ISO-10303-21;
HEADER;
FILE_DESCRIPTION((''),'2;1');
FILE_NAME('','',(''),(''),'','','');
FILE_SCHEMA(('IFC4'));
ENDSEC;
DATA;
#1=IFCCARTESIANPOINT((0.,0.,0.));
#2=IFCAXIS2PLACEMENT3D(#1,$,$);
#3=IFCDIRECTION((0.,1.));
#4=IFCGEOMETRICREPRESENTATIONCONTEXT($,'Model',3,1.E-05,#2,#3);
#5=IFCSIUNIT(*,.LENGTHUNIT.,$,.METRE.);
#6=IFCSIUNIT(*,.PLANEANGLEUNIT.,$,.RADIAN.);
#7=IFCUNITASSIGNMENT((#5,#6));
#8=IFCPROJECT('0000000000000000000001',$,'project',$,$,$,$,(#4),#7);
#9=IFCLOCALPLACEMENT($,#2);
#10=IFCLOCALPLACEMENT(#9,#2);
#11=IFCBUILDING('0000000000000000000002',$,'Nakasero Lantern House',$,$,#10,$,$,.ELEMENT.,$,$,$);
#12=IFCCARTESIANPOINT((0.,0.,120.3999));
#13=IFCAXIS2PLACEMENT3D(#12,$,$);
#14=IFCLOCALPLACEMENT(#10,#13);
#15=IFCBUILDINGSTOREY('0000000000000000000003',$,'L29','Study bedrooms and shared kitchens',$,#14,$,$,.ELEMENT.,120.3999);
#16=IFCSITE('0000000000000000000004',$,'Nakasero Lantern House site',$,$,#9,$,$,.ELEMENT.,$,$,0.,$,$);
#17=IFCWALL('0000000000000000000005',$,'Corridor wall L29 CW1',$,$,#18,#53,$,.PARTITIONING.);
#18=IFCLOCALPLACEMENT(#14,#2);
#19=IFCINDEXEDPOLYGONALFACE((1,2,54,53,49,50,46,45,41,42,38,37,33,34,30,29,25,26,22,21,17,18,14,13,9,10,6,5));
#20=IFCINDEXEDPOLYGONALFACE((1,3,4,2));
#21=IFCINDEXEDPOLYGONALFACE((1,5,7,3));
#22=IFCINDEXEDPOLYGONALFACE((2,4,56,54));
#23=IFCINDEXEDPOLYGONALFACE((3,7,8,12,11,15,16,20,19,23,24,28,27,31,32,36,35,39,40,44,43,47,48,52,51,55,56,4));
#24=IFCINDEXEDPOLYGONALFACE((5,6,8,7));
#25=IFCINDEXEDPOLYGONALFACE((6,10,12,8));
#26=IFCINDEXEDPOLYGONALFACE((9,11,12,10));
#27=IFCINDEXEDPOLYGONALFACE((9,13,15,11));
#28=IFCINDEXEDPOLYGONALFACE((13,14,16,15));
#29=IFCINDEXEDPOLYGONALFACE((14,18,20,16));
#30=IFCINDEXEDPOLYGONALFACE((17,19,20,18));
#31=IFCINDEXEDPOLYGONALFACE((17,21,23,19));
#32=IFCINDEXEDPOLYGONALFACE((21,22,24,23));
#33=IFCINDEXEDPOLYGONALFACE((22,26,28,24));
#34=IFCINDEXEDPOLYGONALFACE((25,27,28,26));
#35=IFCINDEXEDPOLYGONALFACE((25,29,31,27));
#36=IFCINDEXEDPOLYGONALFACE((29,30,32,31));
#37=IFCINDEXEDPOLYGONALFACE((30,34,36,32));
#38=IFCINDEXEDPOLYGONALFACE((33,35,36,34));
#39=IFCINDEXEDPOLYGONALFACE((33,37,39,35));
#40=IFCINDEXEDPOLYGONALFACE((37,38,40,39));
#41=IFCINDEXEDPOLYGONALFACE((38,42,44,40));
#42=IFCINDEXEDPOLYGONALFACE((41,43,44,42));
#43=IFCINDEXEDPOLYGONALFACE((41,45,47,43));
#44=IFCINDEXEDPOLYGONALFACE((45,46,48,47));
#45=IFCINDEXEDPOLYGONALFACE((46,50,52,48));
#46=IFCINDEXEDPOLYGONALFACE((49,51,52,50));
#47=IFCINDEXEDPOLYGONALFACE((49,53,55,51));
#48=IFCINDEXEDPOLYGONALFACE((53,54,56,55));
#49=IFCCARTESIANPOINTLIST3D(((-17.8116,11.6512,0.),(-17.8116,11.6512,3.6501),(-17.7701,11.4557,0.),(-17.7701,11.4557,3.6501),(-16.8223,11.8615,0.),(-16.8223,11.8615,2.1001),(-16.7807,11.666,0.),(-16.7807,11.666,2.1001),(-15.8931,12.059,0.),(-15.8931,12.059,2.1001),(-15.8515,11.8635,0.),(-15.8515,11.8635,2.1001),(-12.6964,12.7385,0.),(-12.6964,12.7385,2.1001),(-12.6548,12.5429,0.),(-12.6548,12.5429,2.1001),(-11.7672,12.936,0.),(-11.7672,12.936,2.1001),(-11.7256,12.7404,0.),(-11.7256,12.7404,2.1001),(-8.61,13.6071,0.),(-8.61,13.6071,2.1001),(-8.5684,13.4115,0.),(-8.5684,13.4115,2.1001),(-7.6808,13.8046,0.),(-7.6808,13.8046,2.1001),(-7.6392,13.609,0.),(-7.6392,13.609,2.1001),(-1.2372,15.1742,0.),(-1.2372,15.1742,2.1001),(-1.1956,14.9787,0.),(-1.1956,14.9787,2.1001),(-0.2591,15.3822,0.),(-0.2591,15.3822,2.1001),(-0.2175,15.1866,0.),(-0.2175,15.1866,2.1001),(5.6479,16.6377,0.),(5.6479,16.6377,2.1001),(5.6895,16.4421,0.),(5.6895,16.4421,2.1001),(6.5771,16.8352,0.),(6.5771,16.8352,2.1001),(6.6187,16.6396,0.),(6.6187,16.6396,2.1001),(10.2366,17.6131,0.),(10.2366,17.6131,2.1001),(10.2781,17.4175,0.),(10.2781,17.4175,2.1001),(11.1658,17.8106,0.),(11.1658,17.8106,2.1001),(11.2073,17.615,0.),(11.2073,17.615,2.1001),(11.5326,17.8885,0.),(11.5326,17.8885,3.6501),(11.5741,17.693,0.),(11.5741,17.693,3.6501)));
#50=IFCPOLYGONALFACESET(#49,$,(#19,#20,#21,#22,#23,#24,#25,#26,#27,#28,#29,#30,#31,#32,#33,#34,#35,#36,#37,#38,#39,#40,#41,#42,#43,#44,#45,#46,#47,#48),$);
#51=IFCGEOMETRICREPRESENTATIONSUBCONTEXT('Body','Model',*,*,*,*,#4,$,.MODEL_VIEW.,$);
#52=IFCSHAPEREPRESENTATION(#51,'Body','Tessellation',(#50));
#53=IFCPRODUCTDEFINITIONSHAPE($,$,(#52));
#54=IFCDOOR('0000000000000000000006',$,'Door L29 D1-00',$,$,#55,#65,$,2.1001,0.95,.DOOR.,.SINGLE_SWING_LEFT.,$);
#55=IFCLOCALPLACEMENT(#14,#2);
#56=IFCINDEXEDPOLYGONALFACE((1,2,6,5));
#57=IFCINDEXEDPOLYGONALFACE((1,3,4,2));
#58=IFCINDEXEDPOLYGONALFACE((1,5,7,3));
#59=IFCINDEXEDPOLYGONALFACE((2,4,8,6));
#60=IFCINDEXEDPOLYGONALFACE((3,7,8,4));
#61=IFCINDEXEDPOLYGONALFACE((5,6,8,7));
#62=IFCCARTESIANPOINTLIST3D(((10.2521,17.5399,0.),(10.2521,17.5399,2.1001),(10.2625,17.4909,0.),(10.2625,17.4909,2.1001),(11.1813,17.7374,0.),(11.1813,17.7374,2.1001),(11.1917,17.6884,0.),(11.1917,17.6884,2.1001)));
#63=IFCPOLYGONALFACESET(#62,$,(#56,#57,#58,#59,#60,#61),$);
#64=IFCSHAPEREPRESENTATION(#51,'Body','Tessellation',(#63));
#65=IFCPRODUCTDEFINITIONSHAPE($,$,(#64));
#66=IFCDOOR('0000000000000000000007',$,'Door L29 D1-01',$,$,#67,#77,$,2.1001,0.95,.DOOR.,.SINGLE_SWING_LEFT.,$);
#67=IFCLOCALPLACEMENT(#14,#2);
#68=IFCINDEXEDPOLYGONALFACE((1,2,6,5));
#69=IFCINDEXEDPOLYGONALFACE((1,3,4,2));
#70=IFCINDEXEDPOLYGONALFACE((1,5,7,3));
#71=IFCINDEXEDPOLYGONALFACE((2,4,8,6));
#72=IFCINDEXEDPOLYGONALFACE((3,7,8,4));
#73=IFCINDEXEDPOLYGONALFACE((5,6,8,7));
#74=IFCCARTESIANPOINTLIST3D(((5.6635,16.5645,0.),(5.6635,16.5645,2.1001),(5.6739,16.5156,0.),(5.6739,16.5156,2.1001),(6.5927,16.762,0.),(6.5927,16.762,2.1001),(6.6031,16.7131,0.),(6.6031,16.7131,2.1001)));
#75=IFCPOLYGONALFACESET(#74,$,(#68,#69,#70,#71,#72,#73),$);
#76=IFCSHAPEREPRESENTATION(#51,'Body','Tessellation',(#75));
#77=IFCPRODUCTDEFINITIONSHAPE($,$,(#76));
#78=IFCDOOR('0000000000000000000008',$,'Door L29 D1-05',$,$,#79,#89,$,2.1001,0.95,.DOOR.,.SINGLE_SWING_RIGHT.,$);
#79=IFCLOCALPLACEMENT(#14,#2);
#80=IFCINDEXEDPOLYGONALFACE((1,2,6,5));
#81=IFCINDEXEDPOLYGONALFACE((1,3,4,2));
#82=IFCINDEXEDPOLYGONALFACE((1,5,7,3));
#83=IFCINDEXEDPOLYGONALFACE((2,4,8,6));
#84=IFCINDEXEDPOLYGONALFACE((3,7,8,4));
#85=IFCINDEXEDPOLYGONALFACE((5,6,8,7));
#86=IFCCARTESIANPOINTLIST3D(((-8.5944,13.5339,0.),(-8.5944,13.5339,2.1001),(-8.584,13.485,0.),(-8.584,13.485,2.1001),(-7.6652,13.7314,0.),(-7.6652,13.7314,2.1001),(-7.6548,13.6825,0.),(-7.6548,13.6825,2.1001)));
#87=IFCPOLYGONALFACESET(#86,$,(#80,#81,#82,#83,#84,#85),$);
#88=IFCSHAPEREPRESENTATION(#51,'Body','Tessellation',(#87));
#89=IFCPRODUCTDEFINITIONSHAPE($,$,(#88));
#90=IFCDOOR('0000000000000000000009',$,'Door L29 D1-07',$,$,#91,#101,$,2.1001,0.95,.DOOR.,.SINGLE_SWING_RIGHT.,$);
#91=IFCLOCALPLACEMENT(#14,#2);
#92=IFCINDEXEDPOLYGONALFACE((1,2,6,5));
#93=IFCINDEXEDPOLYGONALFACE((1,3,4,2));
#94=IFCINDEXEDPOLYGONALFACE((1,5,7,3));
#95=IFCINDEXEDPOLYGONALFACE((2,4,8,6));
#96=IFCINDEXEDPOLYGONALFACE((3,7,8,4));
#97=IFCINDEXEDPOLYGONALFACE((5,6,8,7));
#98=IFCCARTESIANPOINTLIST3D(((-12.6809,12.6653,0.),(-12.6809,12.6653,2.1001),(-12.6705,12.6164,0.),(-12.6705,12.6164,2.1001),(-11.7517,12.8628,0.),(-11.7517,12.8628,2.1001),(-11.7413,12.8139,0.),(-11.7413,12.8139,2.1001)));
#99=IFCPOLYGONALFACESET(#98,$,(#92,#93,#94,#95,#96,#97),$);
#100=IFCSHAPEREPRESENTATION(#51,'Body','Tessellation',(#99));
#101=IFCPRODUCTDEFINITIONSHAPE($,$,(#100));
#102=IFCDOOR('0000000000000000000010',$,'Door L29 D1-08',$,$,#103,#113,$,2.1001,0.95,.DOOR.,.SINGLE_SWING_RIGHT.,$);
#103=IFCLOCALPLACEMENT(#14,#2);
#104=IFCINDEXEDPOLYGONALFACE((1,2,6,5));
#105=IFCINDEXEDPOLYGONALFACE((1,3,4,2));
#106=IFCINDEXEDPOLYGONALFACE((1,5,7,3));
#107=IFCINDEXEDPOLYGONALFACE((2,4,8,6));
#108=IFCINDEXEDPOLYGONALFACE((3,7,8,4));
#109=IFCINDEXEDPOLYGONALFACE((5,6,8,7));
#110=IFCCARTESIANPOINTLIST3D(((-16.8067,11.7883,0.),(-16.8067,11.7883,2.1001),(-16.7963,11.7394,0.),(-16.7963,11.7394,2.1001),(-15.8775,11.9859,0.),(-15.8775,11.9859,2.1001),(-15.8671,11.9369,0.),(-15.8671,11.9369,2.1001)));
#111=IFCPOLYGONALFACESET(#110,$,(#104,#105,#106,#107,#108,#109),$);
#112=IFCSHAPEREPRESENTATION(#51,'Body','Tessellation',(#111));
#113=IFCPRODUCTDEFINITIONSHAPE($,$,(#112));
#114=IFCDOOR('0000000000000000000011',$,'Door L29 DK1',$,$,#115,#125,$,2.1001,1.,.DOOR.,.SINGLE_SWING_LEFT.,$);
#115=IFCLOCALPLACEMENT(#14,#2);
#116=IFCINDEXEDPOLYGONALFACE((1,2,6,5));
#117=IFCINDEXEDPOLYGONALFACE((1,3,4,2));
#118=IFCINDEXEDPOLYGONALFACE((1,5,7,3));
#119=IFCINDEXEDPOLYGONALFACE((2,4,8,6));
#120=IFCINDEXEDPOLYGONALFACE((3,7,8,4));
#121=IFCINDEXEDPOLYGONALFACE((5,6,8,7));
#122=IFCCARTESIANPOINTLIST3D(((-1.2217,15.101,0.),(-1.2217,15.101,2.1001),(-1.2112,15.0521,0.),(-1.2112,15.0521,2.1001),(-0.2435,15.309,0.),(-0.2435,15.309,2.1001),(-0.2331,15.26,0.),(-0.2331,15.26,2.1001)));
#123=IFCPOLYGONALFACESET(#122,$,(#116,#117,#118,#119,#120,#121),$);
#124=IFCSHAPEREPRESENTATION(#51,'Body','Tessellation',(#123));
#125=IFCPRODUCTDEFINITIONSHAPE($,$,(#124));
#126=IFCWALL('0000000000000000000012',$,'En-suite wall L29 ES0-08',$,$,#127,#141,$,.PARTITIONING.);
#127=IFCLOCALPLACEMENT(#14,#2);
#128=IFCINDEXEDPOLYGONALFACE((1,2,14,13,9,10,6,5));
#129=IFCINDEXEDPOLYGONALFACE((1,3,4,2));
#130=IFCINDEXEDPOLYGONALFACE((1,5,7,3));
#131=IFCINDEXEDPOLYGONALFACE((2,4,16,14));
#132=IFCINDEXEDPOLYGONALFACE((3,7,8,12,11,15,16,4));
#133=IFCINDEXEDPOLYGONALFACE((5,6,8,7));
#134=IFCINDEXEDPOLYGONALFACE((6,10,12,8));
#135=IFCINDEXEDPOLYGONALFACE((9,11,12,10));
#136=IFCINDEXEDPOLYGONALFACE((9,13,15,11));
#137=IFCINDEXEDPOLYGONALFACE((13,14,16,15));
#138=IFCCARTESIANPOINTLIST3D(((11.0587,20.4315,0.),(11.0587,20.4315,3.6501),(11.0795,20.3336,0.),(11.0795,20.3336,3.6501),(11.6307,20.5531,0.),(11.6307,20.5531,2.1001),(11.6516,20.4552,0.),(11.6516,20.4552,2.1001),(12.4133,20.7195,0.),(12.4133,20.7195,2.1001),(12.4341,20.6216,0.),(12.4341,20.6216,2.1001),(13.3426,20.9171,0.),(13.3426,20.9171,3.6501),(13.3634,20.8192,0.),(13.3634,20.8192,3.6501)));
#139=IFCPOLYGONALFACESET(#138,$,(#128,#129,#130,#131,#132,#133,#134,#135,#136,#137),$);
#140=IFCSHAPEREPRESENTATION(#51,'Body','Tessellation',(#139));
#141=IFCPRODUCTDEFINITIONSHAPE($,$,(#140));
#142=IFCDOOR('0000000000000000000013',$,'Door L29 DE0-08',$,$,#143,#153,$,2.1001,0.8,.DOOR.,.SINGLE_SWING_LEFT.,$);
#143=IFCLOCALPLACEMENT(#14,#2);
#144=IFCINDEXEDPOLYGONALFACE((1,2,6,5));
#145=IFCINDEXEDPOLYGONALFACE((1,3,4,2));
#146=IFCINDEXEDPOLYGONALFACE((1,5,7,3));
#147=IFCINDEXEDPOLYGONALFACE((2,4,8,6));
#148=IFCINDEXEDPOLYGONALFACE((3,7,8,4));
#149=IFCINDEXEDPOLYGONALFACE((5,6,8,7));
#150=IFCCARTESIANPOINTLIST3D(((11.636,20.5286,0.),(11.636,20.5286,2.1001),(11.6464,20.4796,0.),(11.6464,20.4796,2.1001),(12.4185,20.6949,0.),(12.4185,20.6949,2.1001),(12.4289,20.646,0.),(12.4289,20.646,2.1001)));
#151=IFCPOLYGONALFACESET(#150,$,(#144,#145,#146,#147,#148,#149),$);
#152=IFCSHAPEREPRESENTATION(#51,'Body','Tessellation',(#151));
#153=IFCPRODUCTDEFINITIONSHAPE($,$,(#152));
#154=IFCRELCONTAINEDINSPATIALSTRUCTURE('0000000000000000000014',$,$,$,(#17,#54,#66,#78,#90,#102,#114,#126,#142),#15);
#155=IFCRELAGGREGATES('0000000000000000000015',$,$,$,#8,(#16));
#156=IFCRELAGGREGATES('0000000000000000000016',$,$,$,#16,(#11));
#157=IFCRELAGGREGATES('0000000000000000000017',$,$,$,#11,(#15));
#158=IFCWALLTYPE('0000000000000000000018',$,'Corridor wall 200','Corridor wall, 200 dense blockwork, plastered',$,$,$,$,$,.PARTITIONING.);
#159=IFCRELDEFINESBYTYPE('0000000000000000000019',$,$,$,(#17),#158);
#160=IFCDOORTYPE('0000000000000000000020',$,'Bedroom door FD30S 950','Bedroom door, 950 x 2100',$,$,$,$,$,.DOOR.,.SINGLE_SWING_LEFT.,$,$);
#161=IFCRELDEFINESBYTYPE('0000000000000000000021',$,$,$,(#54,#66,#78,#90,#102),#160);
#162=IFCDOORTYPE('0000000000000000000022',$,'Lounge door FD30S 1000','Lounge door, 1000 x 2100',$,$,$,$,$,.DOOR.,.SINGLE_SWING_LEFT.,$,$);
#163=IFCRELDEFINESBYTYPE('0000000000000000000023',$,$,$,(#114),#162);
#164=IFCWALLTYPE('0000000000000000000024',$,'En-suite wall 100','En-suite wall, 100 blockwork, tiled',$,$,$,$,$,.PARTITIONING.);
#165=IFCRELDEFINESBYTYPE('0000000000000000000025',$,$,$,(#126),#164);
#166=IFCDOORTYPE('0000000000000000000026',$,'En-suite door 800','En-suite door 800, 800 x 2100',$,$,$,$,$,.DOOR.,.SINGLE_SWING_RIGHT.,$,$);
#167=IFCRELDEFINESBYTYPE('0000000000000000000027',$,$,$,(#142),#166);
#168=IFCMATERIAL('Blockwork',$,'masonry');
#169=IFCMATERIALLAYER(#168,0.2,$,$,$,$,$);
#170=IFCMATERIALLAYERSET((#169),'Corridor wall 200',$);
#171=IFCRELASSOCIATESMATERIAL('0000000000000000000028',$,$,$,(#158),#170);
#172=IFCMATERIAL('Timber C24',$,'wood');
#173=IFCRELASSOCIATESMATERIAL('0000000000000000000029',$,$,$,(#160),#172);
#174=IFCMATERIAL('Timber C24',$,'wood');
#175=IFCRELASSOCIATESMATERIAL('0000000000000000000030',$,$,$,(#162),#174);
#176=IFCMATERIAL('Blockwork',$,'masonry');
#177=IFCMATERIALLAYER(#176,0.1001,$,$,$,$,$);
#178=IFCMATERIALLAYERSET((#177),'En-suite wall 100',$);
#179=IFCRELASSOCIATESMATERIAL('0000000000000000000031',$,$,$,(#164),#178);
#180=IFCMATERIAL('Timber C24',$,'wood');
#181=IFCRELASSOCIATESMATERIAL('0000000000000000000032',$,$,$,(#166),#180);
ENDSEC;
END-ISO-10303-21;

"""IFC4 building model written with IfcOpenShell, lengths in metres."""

from ifc_helpers import new_model, si_unit, direction, frame, frame_2d, origin, place, context, subcontext, project, spatial, rectangle, extrude, material, layer, layer_set, type_object, element, fill, save


model = new_model("IFC4")

# Units and contexts
model_context = context("Model", 3, precision=1e-05, world=origin(), true_north=direction((0.0, 1.0)))
body_context = subcontext(model_context, "Body", "Model", "MODEL_VIEW")
ifc_project = project(units=[si_unit("LENGTHUNIT", "METRE"), si_unit("PLANEANGLEUNIT", "RADIAN")], contexts=[model_context])

# Site, building, storey
site_placement = place(None, origin())
site = spatial("IfcSite", under=ifc_project, at=site_placement, Name="Nakasero Lantern House site", CompositionType="ELEMENT", RefElevation=0.0)
building_placement = place(site_placement, origin())
building = spatial("IfcBuilding", under=site, at=building_placement, Name="Nakasero Lantern House", CompositionType="ELEMENT")
storey_placement = place(building_placement, frame((0.0, 0.0, 120.3999)))
storey = spatial("IfcBuildingStorey", under=building, at=storey_placement, Name="L29", Description="Study bedrooms and shared kitchens", CompositionType="ELEMENT", Elevation=120.3999)

# Wall, openings, doors
ifc_material_1 = material(Name="Blockwork", Category="masonry")
ifc_layer_1 = layer(ifc_material_1, 0.2)
ifc_layer_set_1 = layer_set([ifc_layer_1], Name="Corridor wall 200")
wall_type_1 = type_object("IfcWallType", Name="Corridor wall 200", Description="Corridor wall, 200 dense blockwork, plastered", PredefinedType="PARTITIONING", material=ifc_layer_set_1)
wall_1_placement = place(storey_placement, frame((11.5535, 17.7908, 0.0), z_axis=(0.0, 0.0, 1.0), x_axis=(-0.978148, -0.207912, 0.0)))
wall_1 = element("IfcWall", 1, at=wall_1_placement, inside=storey, type_object=wall_type_1, Name="Corridor wall L29 CW1", PredefinedType="PARTITIONING", context=body_context, shape_type="SweptSolid", body=[
    extrude(rectangle(XDim=29.9998, YDim=0.2, at=frame_2d((15.0, 0.0))), origin(), (0.0, 0.0, 1.0), 3.6501),
])
opening_1_placement = place(wall_1_placement, frame((0.375, 0.0, 0.0)))
opening_1 = element("IfcOpeningElement", 2, at=opening_1_placement, cuts=wall_1, PredefinedType="OPENING", context=body_context, shape_type="SweptSolid", body=[
    extrude(rectangle(XDim=0.95, YDim=2.1001, at=frame_2d((0.4751, 1.05))), frame((0.0, 0.1199, 0.0), z_axis=(0.0, -1.0, 0.0), x_axis=(1.0, 0.0, 0.0)), (0.0, 0.0, 1.0), 0.24),
])
opening_2_placement = place(wall_1_placement, frame((5.0662, 0.0, 0.0)))
opening_2 = element("IfcOpeningElement", 3, at=opening_2_placement, cuts=wall_1, PredefinedType="OPENING", context=body_context, shape_type="SweptSolid", body=[
    extrude(rectangle(XDim=0.95, YDim=2.1001, at=frame_2d((0.4751, 1.05))), frame((0.0, 0.1199, 0.0), z_axis=(0.0, -1.0, 0.0), x_axis=(1.0, 0.0, 0.0)), (0.0, 0.0, 1.0), 0.24),
])
opening_3_placement = place(wall_1_placement, frame((19.6426, 0.0, 0.0)))
opening_3 = element("IfcOpeningElement", 4, at=opening_3_placement, cuts=wall_1, PredefinedType="OPENING", context=body_context, shape_type="SweptSolid", body=[
    extrude(rectangle(XDim=0.95, YDim=2.1001, at=frame_2d((0.4751, 1.05))), frame((0.0, 0.1199, 0.0), z_axis=(0.0, -1.0, 0.0), x_axis=(1.0, 0.0, 0.0)), (0.0, 0.0, 1.0), 0.24),
])
opening_4_placement = place(wall_1_placement, frame((23.8203, 0.0, 0.0)))
opening_4 = element("IfcOpeningElement", 5, at=opening_4_placement, cuts=wall_1, PredefinedType="OPENING", context=body_context, shape_type="SweptSolid", body=[
    extrude(rectangle(XDim=0.95, YDim=2.1001, at=frame_2d((0.4751, 1.05))), frame((0.0, 0.1199, 0.0), z_axis=(0.0, -1.0, 0.0), x_axis=(1.0, 0.0, 0.0)), (0.0, 0.0, 1.0), 0.24),
])
opening_5_placement = place(wall_1_placement, frame((28.0383, 0.0, 0.0)))
opening_5 = element("IfcOpeningElement", 6, at=opening_5_placement, cuts=wall_1, PredefinedType="OPENING", context=body_context, shape_type="SweptSolid", body=[
    extrude(rectangle(XDim=0.95, YDim=2.1001, at=frame_2d((0.4751, 1.05))), frame((0.0, 0.1199, 0.0), z_axis=(0.0, -1.0, 0.0), x_axis=(1.0, 0.0, 0.0)), (0.0, 0.0, 1.0), 0.24),
])
opening_6_placement = place(wall_1_placement, frame((12.0552, 0.0, 0.0)))
opening_6 = element("IfcOpeningElement", 7, at=opening_6_placement, cuts=wall_1, PredefinedType="OPENING", context=body_context, shape_type="SweptSolid", body=[
    extrude(rectangle(XDim=1.0, YDim=2.1001, at=frame_2d((0.5, 1.05))), frame((0.0, 0.1199, 0.0), z_axis=(0.0, -1.0, 0.0), x_axis=(1.0, 0.0, 0.0)), (0.0, 0.0, 1.0), 0.24),
])
ifc_material_2 = material(Name="Timber C24", Category="wood")
door_type_1 = type_object("IfcDoorType", Name="Bedroom door FD30S 950", Description="Bedroom door, 950 x 2100", OperationType="SINGLE_SWING_LEFT", PredefinedType="DOOR", material=ifc_material_2)
door_1_placement = place(opening_1_placement, origin())
door_1 = element("IfcDoor", 8, at=door_1_placement, inside=storey, type_object=door_type_1, Name="Door L29 D1-00", OperationType="SINGLE_SWING_LEFT", OverallHeight=2.1001, OverallWidth=0.95, PredefinedType="DOOR", context=body_context, shape_type="SweptSolid", body=[
    extrude(rectangle(XDim=0.95, YDim=2.1001, at=frame_2d((0.4751, 1.05))), frame((0.0, 0.0249, 0.0), z_axis=(0.0, -1.0, 0.0), x_axis=(1.0, 0.0, 0.0)), (0.0, 0.0, 1.0), 0.05),
])
fill(opening_1, door_1)
door_2_placement = place(opening_2_placement, origin())
door_2 = element("IfcDoor", 9, at=door_2_placement, inside=storey, type_object=door_type_1, Name="Door L29 D1-01", OperationType="SINGLE_SWING_LEFT", OverallHeight=2.1001, OverallWidth=0.95, PredefinedType="DOOR", context=body_context, shape_type="SweptSolid", body=[
    extrude(rectangle(XDim=0.95, YDim=2.1001, at=frame_2d((0.4751, 1.05))), frame((0.0, 0.0249, 0.0), z_axis=(0.0, -1.0, 0.0), x_axis=(1.0, 0.0, 0.0)), (0.0, 0.0, 1.0), 0.05),
])
fill(opening_2, door_2)
door_3_placement = place(opening_3_placement, origin())
door_3 = element("IfcDoor", 10, at=door_3_placement, inside=storey, type_object=door_type_1, Name="Door L29 D1-05", OperationType="SINGLE_SWING_RIGHT", OverallHeight=2.1001, OverallWidth=0.95, PredefinedType="DOOR", context=body_context, shape_type="SweptSolid", body=[
    extrude(rectangle(XDim=0.95, YDim=2.1001, at=frame_2d((0.4751, 1.05))), frame((0.0, 0.0249, 0.0), z_axis=(0.0, -1.0, 0.0), x_axis=(1.0, 0.0, 0.0)), (0.0, 0.0, 1.0), 0.05),
])
fill(opening_3, door_3)
door_4_placement = place(opening_4_placement, origin())
door_4 = element("IfcDoor", 11, at=door_4_placement, inside=storey, type_object=door_type_1, Name="Door L29 D1-07", OperationType="SINGLE_SWING_RIGHT", OverallHeight=2.1001, OverallWidth=0.95, PredefinedType="DOOR", context=body_context, shape_type="SweptSolid", body=[
    extrude(rectangle(XDim=0.95, YDim=2.1001, at=frame_2d((0.4751, 1.05))), frame((0.0, 0.0249, 0.0), z_axis=(0.0, -1.0, 0.0), x_axis=(1.0, 0.0, 0.0)), (0.0, 0.0, 1.0), 0.05),
])
fill(opening_4, door_4)
door_5_placement = place(opening_5_placement, origin())
door_5 = element("IfcDoor", 12, at=door_5_placement, inside=storey, type_object=door_type_1, Name="Door L29 D1-08", OperationType="SINGLE_SWING_RIGHT", OverallHeight=2.1001, OverallWidth=0.95, PredefinedType="DOOR", context=body_context, shape_type="SweptSolid", body=[
    extrude(rectangle(XDim=0.95, YDim=2.1001, at=frame_2d((0.4751, 1.05))), frame((0.0, 0.0249, 0.0), z_axis=(0.0, -1.0, 0.0), x_axis=(1.0, 0.0, 0.0)), (0.0, 0.0, 1.0), 0.05),
])
fill(opening_5, door_5)
ifc_material_3 = material(Name="Timber C24", Category="wood")
door_type_2 = type_object("IfcDoorType", Name="Lounge door FD30S 1000", Description="Lounge door, 1000 x 2100", OperationType="SINGLE_SWING_LEFT", PredefinedType="DOOR", material=ifc_material_3)
door_6_placement = place(opening_6_placement, origin())
door_6 = element("IfcDoor", 13, at=door_6_placement, inside=storey, type_object=door_type_2, Name="Door L29 DK1", OperationType="SINGLE_SWING_LEFT", OverallHeight=2.1001, OverallWidth=1.0, PredefinedType="DOOR", context=body_context, shape_type="SweptSolid", body=[
    extrude(rectangle(XDim=1.0, YDim=2.1001, at=frame_2d((0.5, 1.05))), frame((0.0, 0.0249, 0.0), z_axis=(0.0, -1.0, 0.0), x_axis=(1.0, 0.0, 0.0)), (0.0, 0.0, 1.0), 0.05),
])
fill(opening_6, door_6)

# Wall, opening, door
ifc_material_4 = material(Name="Blockwork", Category="masonry")
ifc_layer_2 = layer(ifc_material_4, 0.1001)
ifc_layer_set_2 = layer_set([ifc_layer_2], Name="En-suite wall 100")
wall_type_2 = type_object("IfcWallType", Name="En-suite wall 100", Description="En-suite wall, 100 blockwork, tiled", PredefinedType="PARTITIONING", material=ifc_layer_set_2)
wall_2_placement = place(storey_placement, frame((11.0691, 20.3826, 0.0), z_axis=(0.0, 0.0, 1.0), x_axis=(0.978136, 0.207965, 0.0)))
wall_2 = element("IfcWall", 14, at=wall_2_placement, inside=storey, type_object=wall_type_2, Name="En-suite wall L29 ES0-08", PredefinedType="PARTITIONING", context=body_context, shape_type="SweptSolid", body=[
    extrude(rectangle(XDim=2.335, YDim=0.1001, at=frame_2d((1.1675, 0.0))), origin(), (0.0, 0.0, 1.0), 3.6501),
])
opening_7_placement = place(wall_2_placement, frame((0.585, 0.0, 0.0)))
opening_7 = element("IfcOpeningElement", 15, at=opening_7_placement, cuts=wall_2, PredefinedType="OPENING", context=body_context, shape_type="SweptSolid", body=[
    extrude(rectangle(XDim=0.8, YDim=2.1001, at=frame_2d((0.3999, 1.05))), frame((0.0, 0.0701, 0.0), z_axis=(0.0, -1.0, 0.0), x_axis=(1.0, 0.0, 0.0)), (0.0, 0.0, 1.0), 0.1401),
])
ifc_material_5 = material(Name="Timber C24", Category="wood")
door_type_3 = type_object("IfcDoorType", Name="En-suite door 800", Description="En-suite door 800, 800 x 2100", OperationType="SINGLE_SWING_RIGHT", PredefinedType="DOOR", material=ifc_material_5)
door_7_placement = place(opening_7_placement, origin())
door_7 = element("IfcDoor", 16, at=door_7_placement, inside=storey, type_object=door_type_3, Name="Door L29 DE0-08", OperationType="SINGLE_SWING_LEFT", OverallHeight=2.1001, OverallWidth=0.8, PredefinedType="DOOR", context=body_context, shape_type="SweptSolid", body=[
    extrude(rectangle(XDim=0.8, YDim=2.1001, at=frame_2d((0.3999, 1.05))), frame((0.0, 0.0249, 0.0), z_axis=(0.0, -1.0, 0.0), x_axis=(1.0, 0.0, 0.0)), (0.0, 0.0, 1.0), 0.05),
])
fill(opening_7, door_7)

save(model, "model.ifc")
